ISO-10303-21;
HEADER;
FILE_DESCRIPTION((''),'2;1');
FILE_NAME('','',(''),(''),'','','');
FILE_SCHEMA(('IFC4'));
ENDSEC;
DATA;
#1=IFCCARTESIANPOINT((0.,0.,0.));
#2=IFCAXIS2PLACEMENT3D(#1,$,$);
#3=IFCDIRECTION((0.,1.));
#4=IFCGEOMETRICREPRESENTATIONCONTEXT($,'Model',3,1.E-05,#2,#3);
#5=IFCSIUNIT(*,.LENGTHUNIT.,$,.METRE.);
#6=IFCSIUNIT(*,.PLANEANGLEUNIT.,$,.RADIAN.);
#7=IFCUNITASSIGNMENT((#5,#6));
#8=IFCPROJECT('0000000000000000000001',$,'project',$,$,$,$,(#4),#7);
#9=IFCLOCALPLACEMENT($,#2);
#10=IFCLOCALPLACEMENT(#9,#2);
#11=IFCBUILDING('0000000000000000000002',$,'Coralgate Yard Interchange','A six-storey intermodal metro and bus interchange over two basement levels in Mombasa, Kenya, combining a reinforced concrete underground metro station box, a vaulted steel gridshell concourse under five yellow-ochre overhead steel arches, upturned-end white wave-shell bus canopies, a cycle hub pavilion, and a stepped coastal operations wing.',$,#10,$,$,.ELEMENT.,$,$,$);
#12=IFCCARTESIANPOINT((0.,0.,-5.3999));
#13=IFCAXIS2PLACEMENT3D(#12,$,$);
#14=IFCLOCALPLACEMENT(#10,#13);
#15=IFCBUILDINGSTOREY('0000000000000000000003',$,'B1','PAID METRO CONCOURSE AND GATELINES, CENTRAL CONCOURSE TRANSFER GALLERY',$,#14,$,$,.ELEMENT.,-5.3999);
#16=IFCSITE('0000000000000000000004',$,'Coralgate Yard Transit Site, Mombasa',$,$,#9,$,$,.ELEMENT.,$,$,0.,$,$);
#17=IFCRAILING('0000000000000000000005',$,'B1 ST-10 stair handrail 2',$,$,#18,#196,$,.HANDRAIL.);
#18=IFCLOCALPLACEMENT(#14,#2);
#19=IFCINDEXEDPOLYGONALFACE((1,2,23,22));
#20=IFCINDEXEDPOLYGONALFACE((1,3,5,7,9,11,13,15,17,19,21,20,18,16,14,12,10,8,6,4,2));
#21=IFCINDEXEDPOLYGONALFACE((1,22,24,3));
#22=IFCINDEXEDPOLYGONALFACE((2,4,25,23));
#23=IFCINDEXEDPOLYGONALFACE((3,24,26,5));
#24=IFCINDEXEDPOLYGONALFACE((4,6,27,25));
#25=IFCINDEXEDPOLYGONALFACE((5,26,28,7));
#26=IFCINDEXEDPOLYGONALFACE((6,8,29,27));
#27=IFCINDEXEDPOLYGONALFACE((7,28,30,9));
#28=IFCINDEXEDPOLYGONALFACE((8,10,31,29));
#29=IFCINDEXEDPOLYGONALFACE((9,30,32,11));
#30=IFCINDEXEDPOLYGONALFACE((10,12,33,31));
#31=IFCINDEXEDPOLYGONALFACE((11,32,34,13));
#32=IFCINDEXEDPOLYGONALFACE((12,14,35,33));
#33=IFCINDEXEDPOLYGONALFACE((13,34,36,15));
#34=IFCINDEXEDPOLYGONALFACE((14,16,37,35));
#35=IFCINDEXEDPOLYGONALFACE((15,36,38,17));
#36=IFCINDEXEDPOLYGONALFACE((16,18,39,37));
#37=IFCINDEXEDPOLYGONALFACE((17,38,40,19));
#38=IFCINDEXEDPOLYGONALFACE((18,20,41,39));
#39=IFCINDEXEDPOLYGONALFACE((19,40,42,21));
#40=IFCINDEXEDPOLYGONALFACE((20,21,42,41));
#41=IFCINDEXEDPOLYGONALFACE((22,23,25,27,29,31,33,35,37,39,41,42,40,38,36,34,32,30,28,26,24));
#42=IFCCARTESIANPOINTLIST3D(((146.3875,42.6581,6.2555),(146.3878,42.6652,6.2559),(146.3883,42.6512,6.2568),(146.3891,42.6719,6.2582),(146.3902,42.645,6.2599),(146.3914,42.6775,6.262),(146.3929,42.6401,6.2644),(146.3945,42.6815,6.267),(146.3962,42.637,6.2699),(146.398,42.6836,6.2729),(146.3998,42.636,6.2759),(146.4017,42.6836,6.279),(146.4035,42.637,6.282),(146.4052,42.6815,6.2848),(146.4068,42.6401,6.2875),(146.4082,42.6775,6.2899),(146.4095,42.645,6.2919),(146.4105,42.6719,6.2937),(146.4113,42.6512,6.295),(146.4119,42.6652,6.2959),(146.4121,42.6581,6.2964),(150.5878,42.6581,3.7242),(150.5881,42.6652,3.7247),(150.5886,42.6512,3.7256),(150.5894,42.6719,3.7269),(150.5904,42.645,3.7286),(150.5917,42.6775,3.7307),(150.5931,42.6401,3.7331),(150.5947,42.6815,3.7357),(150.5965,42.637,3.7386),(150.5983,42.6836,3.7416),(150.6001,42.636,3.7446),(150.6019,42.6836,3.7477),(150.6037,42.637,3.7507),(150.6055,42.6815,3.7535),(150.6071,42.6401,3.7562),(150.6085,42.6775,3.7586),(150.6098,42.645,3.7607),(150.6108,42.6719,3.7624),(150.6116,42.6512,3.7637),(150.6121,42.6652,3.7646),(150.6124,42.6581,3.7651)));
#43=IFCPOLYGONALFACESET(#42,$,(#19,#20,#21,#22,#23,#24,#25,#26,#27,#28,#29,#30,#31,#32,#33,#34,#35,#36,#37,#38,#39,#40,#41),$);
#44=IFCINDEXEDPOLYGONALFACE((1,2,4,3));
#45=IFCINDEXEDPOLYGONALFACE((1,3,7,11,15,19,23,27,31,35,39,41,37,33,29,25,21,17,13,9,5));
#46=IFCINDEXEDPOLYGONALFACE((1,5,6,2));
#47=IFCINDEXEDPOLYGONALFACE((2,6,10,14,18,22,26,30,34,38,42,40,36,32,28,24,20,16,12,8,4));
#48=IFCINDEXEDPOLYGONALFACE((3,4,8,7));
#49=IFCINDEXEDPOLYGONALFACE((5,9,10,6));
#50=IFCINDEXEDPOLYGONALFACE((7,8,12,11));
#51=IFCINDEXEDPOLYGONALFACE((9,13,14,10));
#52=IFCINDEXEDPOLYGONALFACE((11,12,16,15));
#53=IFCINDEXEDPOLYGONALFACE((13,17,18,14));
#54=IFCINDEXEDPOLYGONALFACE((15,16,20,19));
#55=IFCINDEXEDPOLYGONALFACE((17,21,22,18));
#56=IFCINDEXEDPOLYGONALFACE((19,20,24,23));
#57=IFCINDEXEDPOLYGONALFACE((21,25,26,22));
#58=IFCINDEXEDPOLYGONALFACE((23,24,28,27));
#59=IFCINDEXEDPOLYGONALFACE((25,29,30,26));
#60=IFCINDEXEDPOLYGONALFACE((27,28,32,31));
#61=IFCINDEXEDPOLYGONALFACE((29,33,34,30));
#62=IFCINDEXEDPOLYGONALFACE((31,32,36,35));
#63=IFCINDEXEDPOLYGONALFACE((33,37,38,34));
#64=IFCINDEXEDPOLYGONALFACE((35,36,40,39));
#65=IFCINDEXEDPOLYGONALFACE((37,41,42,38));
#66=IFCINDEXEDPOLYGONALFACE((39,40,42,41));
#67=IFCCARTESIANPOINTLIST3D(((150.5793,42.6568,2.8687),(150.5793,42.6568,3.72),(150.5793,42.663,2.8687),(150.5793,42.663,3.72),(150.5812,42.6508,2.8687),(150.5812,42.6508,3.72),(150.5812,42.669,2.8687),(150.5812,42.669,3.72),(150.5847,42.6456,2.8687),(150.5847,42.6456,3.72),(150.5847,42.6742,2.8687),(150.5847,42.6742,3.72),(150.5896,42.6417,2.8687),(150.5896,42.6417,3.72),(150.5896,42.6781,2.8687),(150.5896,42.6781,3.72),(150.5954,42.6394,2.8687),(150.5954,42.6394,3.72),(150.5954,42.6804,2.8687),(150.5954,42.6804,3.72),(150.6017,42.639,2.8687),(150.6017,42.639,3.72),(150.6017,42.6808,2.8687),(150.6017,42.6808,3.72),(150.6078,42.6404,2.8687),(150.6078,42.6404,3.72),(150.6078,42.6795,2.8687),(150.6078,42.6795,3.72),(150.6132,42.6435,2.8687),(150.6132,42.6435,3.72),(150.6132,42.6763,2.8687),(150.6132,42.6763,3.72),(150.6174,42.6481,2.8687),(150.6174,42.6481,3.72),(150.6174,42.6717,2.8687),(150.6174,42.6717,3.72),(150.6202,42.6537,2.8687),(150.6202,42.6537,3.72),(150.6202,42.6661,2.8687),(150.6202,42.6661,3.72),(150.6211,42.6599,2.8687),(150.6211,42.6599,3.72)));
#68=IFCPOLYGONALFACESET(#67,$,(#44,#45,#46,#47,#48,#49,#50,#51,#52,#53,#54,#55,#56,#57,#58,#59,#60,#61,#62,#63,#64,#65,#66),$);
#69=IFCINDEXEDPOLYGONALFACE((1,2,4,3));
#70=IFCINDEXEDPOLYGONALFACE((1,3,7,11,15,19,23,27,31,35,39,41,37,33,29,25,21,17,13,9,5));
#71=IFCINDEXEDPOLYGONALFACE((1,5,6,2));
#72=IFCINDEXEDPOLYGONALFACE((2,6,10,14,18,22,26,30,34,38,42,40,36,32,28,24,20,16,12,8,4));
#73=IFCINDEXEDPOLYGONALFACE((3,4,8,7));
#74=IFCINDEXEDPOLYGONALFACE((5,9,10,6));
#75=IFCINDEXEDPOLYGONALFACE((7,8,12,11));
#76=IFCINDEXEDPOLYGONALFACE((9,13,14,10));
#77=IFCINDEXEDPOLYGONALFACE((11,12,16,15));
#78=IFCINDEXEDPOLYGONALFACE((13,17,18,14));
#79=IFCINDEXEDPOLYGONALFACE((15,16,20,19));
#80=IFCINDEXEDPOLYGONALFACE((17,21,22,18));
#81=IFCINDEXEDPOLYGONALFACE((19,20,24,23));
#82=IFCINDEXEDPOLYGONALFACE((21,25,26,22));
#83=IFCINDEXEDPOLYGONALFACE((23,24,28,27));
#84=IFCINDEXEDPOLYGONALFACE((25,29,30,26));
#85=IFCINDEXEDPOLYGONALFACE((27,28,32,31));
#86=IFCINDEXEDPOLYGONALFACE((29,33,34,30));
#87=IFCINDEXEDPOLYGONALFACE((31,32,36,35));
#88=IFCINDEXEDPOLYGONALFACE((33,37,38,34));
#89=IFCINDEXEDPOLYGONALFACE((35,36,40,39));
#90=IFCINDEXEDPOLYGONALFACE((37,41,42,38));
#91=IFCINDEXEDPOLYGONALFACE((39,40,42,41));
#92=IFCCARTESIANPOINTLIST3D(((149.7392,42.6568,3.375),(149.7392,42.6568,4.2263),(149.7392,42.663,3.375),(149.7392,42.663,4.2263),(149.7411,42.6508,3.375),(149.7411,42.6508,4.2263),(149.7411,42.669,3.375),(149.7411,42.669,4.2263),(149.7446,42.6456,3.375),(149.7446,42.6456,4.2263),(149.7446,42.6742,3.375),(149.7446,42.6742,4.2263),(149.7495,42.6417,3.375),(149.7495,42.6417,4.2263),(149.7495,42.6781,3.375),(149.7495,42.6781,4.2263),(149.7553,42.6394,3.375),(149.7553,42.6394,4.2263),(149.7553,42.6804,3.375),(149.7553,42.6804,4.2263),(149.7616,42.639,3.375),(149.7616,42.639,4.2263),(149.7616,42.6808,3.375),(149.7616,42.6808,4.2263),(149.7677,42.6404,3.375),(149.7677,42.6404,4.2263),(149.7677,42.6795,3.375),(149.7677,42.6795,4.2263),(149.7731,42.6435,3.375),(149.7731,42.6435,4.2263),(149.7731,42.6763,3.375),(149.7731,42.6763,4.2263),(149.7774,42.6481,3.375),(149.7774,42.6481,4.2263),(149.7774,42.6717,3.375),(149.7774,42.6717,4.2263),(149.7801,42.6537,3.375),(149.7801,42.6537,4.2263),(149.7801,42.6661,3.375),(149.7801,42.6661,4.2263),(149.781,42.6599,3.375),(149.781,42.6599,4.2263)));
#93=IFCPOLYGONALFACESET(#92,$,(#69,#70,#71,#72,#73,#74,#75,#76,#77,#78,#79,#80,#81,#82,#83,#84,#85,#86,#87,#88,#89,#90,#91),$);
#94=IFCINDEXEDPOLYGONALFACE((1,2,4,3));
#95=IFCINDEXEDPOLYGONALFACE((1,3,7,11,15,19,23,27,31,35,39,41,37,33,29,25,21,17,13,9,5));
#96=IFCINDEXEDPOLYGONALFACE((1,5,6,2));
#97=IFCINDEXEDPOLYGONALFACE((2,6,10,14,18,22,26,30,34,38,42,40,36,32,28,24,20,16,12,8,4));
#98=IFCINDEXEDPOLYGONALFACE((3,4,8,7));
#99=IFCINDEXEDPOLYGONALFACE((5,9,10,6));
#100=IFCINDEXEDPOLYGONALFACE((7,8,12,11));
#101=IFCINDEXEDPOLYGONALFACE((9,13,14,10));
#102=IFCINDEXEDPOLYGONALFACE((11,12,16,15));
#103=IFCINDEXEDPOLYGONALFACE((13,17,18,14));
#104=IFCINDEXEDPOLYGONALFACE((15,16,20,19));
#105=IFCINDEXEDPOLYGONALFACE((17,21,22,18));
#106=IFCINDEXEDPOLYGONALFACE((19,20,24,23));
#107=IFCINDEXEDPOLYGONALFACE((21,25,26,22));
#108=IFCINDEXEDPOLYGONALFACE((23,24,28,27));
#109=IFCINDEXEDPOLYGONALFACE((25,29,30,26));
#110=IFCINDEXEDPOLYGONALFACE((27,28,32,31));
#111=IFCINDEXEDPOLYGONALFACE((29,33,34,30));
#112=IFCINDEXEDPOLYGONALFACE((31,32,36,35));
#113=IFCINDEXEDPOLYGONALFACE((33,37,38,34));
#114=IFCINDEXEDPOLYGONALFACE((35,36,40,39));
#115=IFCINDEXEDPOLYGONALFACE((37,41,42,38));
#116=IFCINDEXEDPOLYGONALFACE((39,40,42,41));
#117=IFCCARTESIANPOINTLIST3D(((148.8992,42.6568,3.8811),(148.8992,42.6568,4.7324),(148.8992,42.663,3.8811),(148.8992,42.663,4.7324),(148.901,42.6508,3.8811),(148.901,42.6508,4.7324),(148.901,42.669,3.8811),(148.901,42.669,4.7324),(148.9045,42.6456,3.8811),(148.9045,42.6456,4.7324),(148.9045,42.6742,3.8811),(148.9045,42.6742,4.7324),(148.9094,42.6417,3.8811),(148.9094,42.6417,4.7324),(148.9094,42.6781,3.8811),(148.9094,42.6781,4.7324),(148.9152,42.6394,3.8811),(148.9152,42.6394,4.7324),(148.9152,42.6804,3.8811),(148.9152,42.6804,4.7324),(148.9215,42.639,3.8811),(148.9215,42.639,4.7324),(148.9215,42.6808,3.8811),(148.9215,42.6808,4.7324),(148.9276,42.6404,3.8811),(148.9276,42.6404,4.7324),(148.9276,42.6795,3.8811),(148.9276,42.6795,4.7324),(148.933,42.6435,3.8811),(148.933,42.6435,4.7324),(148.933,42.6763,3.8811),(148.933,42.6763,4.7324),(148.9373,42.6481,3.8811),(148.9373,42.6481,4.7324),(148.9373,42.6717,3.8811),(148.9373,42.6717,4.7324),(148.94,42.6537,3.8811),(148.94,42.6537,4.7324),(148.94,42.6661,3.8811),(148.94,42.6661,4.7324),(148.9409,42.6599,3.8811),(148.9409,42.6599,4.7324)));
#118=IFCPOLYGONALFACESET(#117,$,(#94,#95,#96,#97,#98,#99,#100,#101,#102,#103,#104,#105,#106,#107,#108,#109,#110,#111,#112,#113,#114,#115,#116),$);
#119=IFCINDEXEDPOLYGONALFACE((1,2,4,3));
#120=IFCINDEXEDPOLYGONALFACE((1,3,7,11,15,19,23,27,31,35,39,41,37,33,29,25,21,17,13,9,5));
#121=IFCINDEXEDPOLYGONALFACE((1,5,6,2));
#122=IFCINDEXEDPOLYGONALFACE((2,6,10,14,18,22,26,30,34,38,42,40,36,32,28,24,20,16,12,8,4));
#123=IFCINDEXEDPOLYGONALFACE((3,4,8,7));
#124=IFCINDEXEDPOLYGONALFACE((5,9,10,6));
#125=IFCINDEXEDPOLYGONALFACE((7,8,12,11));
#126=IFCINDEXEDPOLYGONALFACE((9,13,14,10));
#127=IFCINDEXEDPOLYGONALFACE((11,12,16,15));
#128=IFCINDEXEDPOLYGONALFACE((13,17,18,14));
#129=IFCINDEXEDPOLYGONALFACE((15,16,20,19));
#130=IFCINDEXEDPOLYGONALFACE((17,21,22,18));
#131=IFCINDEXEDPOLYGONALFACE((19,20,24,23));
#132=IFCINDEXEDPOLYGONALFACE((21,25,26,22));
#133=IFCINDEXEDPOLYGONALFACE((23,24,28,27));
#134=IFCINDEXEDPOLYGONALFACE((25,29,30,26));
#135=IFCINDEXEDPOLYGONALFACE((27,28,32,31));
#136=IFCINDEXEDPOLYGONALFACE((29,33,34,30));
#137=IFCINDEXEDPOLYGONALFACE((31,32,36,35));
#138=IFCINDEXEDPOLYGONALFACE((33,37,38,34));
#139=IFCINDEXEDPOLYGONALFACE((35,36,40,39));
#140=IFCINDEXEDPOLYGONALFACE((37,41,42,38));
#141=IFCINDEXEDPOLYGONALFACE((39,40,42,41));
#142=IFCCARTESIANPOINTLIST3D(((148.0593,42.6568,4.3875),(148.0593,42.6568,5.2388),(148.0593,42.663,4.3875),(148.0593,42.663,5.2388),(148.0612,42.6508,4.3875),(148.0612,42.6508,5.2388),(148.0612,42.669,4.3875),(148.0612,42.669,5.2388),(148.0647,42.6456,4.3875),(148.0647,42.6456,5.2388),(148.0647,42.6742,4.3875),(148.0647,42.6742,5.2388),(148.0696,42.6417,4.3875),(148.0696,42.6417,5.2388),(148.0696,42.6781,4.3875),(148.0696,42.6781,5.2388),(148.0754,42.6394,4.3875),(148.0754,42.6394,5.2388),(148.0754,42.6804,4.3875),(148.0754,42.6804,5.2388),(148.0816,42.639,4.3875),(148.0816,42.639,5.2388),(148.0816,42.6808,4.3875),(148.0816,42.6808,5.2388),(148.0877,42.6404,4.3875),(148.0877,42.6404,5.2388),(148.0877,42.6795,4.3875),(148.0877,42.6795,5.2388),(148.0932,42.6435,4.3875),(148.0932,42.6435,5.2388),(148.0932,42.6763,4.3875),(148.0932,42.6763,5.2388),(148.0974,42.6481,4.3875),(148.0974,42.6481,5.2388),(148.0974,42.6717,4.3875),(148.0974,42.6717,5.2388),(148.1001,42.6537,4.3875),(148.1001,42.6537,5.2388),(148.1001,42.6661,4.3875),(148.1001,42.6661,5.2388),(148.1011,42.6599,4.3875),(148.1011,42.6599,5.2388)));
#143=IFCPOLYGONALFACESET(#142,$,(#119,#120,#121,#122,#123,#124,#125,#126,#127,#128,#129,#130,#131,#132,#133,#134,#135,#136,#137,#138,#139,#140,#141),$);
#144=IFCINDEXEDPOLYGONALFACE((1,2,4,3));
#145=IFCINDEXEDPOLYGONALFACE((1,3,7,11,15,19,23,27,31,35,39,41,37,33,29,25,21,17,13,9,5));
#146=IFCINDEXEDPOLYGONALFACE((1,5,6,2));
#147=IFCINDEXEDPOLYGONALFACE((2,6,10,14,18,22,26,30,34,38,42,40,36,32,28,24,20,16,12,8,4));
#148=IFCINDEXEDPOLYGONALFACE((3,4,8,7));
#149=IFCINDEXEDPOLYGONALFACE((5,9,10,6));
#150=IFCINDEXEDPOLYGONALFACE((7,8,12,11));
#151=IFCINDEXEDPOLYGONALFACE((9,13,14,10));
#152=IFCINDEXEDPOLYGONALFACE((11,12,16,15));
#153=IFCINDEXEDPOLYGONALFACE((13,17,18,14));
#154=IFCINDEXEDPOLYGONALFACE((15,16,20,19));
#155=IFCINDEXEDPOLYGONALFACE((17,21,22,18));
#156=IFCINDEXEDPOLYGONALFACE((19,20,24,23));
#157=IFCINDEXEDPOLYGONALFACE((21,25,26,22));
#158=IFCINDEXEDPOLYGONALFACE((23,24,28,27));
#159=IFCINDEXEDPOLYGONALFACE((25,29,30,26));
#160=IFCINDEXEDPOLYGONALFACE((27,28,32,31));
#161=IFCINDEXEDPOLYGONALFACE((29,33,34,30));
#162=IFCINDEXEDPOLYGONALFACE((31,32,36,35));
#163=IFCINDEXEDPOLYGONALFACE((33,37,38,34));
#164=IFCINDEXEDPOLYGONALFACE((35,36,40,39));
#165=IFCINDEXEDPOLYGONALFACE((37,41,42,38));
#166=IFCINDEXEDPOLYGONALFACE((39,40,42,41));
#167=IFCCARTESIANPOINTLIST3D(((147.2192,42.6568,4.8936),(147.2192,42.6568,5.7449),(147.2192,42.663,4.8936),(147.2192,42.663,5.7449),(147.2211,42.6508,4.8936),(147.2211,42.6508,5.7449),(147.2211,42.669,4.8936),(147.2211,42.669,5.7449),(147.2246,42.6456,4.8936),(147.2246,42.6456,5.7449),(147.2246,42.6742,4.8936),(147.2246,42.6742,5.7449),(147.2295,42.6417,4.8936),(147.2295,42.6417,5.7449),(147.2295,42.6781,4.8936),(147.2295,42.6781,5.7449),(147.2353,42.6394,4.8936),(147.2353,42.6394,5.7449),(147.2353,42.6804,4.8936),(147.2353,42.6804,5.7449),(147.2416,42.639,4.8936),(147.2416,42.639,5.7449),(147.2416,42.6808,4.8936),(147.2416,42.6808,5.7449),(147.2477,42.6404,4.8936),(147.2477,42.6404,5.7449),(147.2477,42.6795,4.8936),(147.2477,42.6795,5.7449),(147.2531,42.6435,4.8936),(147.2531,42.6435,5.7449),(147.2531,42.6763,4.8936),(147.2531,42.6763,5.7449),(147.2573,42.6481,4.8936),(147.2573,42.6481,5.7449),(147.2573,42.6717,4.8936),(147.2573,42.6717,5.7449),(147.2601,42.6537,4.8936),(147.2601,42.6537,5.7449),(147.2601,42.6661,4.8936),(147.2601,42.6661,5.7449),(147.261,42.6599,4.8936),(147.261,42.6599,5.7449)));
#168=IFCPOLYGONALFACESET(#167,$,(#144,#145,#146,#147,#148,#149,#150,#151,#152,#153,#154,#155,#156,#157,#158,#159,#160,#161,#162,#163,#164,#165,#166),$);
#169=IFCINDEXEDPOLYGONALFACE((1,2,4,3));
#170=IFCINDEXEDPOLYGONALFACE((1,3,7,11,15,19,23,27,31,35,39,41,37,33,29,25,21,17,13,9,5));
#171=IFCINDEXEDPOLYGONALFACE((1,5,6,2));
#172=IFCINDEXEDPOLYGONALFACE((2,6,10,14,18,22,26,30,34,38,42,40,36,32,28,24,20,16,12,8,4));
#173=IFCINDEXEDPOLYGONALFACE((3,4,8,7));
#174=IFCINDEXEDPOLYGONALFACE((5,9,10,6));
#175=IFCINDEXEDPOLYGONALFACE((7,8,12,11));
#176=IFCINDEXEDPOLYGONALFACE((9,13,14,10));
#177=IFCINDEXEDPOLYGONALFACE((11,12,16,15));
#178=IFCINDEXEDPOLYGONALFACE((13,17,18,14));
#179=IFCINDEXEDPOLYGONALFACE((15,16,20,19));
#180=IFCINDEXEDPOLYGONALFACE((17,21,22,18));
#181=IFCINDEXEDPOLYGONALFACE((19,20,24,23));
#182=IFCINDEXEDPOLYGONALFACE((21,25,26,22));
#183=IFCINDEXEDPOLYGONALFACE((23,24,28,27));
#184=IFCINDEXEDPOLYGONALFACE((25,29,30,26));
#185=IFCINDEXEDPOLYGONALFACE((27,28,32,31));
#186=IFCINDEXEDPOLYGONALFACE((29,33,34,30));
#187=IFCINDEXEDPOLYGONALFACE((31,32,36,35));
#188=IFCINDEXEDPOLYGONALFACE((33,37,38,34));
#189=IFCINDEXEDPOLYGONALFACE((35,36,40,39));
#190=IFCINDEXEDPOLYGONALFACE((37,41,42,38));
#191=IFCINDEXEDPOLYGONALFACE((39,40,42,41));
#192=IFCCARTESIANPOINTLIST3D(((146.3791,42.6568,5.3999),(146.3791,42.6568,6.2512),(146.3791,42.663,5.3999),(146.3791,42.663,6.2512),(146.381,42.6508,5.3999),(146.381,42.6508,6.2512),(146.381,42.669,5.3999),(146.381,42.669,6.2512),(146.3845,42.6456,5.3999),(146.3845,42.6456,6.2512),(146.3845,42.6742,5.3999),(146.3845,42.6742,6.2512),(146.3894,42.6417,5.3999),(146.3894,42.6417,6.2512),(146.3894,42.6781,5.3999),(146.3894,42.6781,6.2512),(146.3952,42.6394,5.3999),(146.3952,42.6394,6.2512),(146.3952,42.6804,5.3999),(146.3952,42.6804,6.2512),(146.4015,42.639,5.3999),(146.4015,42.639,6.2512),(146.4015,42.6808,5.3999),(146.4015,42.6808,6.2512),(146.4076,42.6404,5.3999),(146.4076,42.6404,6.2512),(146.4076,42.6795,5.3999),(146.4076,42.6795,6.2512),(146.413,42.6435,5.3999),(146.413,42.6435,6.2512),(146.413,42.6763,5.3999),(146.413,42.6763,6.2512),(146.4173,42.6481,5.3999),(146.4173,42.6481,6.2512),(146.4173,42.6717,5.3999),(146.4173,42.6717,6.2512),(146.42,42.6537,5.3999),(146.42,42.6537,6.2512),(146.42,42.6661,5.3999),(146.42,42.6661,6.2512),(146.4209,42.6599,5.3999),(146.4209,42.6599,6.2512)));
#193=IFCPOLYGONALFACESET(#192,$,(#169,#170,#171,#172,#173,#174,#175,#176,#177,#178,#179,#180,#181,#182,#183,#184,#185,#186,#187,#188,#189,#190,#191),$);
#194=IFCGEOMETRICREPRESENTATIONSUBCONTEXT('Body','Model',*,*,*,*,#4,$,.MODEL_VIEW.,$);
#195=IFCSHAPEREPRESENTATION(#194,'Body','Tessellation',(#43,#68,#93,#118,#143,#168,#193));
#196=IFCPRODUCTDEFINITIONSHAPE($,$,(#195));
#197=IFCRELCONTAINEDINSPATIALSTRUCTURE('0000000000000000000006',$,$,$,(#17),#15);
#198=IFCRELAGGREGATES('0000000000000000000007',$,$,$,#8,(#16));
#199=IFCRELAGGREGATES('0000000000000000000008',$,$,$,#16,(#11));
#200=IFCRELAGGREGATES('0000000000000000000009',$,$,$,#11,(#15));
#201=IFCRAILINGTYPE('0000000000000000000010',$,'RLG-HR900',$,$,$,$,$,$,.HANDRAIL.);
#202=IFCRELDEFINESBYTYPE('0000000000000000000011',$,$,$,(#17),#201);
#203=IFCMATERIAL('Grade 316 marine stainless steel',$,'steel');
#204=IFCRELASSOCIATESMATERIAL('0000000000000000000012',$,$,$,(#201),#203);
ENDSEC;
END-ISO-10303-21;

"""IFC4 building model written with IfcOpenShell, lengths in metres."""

from ifc_helpers import new_model, si_unit, direction, frame, origin, origin_2d, place, context, subcontext, project, spatial, circle, extrude, material, type_object, element, save


model = new_model("IFC4")

# Units and contexts
model_context = context("Model", 3, precision=1e-05, world=origin(), true_north=direction((0.0, 1.0)))
body_context = subcontext(model_context, "Body", "Model", "MODEL_VIEW")
ifc_project = project(units=[si_unit("LENGTHUNIT", "METRE"), si_unit("PLANEANGLEUNIT", "RADIAN")], contexts=[model_context])

# Site, building, storey
site_placement = place(None, origin())
site = spatial("IfcSite", under=ifc_project, at=site_placement, Name="Coralgate Yard Transit Site, Mombasa", CompositionType="ELEMENT", RefElevation=0.0)
building_placement = place(site_placement, origin())
building = spatial("IfcBuilding", under=site, at=building_placement, Name="Coralgate Yard Interchange", Description="A six-storey intermodal metro and bus interchange over two basement levels in Mombasa, Kenya, combining a reinforced concrete underground metro station box, a vaulted steel gridshell concourse under five yellow-ochre overhead steel arches, upturned-end white wave-shell bus canopies, a cycle hub pavilion, and a stepped coastal operations wing.", CompositionType="ELEMENT")
storey_placement = place(building_placement, frame((0.0, 0.0, -5.3999)))
storey = spatial("IfcBuildingStorey", under=building, at=storey_placement, Name="B1", Description="PAID METRO CONCOURSE AND GATELINES, CENTRAL CONCOURSE TRANSFER GALLERY", CompositionType="ELEMENT", Elevation=-5.3999)

# Railing
ifc_material_1 = material(Name="Grade 316 marine stainless steel", Category="steel")
railing_type_1 = type_object("IfcRailingType", Name="RLG-HR900", PredefinedType="HANDRAIL", material=ifc_material_1)
railing_1_placement = place(storey_placement, frame((150.6001, 42.6599, 2.8687)))
element("IfcRailing", 1, at=railing_1_placement, inside=storey, type_object=railing_type_1, Name="B1 ST-10 stair handrail 2", PredefinedType="HANDRAIL", context=body_context, shape_type="SweptSolid", body=[
    extrude(circle(Radius=0.0239, at=origin_2d()), frame((0.0, 0.0, 0.876), z_axis=(-0.85649, 0.0, 0.516164), x_axis=(0.0, -1.0, 0.0)), (0.0, 0.0, 1.0), 4.9041),
    extrude(circle(Radius=0.021, at=origin_2d()), origin(), (0.0, 0.0, 1.0), 0.8513),
    extrude(circle(Radius=0.021, at=origin_2d()), frame((-0.8401, 0.0, 0.5063)), (0.0, 0.0, 1.0), 0.8513),
    extrude(circle(Radius=0.021, at=origin_2d()), frame((-1.6802, 0.0, 1.0125)), (0.0, 0.0, 1.0), 0.8513),
    extrude(circle(Radius=0.021, at=origin_2d()), frame((-2.52, 0.0, 1.5188)), (0.0, 0.0, 1.0), 0.8513),
    extrude(circle(Radius=0.021, at=origin_2d()), frame((-3.3601, 0.0, 2.0249)), (0.0, 0.0, 1.0), 0.8513),
    extrude(circle(Radius=0.021, at=origin_2d()), frame((-4.2002, 0.0, 2.5312)), (0.0, 0.0, 1.0), 0.8513),
])

save(model, "model.ifc")
